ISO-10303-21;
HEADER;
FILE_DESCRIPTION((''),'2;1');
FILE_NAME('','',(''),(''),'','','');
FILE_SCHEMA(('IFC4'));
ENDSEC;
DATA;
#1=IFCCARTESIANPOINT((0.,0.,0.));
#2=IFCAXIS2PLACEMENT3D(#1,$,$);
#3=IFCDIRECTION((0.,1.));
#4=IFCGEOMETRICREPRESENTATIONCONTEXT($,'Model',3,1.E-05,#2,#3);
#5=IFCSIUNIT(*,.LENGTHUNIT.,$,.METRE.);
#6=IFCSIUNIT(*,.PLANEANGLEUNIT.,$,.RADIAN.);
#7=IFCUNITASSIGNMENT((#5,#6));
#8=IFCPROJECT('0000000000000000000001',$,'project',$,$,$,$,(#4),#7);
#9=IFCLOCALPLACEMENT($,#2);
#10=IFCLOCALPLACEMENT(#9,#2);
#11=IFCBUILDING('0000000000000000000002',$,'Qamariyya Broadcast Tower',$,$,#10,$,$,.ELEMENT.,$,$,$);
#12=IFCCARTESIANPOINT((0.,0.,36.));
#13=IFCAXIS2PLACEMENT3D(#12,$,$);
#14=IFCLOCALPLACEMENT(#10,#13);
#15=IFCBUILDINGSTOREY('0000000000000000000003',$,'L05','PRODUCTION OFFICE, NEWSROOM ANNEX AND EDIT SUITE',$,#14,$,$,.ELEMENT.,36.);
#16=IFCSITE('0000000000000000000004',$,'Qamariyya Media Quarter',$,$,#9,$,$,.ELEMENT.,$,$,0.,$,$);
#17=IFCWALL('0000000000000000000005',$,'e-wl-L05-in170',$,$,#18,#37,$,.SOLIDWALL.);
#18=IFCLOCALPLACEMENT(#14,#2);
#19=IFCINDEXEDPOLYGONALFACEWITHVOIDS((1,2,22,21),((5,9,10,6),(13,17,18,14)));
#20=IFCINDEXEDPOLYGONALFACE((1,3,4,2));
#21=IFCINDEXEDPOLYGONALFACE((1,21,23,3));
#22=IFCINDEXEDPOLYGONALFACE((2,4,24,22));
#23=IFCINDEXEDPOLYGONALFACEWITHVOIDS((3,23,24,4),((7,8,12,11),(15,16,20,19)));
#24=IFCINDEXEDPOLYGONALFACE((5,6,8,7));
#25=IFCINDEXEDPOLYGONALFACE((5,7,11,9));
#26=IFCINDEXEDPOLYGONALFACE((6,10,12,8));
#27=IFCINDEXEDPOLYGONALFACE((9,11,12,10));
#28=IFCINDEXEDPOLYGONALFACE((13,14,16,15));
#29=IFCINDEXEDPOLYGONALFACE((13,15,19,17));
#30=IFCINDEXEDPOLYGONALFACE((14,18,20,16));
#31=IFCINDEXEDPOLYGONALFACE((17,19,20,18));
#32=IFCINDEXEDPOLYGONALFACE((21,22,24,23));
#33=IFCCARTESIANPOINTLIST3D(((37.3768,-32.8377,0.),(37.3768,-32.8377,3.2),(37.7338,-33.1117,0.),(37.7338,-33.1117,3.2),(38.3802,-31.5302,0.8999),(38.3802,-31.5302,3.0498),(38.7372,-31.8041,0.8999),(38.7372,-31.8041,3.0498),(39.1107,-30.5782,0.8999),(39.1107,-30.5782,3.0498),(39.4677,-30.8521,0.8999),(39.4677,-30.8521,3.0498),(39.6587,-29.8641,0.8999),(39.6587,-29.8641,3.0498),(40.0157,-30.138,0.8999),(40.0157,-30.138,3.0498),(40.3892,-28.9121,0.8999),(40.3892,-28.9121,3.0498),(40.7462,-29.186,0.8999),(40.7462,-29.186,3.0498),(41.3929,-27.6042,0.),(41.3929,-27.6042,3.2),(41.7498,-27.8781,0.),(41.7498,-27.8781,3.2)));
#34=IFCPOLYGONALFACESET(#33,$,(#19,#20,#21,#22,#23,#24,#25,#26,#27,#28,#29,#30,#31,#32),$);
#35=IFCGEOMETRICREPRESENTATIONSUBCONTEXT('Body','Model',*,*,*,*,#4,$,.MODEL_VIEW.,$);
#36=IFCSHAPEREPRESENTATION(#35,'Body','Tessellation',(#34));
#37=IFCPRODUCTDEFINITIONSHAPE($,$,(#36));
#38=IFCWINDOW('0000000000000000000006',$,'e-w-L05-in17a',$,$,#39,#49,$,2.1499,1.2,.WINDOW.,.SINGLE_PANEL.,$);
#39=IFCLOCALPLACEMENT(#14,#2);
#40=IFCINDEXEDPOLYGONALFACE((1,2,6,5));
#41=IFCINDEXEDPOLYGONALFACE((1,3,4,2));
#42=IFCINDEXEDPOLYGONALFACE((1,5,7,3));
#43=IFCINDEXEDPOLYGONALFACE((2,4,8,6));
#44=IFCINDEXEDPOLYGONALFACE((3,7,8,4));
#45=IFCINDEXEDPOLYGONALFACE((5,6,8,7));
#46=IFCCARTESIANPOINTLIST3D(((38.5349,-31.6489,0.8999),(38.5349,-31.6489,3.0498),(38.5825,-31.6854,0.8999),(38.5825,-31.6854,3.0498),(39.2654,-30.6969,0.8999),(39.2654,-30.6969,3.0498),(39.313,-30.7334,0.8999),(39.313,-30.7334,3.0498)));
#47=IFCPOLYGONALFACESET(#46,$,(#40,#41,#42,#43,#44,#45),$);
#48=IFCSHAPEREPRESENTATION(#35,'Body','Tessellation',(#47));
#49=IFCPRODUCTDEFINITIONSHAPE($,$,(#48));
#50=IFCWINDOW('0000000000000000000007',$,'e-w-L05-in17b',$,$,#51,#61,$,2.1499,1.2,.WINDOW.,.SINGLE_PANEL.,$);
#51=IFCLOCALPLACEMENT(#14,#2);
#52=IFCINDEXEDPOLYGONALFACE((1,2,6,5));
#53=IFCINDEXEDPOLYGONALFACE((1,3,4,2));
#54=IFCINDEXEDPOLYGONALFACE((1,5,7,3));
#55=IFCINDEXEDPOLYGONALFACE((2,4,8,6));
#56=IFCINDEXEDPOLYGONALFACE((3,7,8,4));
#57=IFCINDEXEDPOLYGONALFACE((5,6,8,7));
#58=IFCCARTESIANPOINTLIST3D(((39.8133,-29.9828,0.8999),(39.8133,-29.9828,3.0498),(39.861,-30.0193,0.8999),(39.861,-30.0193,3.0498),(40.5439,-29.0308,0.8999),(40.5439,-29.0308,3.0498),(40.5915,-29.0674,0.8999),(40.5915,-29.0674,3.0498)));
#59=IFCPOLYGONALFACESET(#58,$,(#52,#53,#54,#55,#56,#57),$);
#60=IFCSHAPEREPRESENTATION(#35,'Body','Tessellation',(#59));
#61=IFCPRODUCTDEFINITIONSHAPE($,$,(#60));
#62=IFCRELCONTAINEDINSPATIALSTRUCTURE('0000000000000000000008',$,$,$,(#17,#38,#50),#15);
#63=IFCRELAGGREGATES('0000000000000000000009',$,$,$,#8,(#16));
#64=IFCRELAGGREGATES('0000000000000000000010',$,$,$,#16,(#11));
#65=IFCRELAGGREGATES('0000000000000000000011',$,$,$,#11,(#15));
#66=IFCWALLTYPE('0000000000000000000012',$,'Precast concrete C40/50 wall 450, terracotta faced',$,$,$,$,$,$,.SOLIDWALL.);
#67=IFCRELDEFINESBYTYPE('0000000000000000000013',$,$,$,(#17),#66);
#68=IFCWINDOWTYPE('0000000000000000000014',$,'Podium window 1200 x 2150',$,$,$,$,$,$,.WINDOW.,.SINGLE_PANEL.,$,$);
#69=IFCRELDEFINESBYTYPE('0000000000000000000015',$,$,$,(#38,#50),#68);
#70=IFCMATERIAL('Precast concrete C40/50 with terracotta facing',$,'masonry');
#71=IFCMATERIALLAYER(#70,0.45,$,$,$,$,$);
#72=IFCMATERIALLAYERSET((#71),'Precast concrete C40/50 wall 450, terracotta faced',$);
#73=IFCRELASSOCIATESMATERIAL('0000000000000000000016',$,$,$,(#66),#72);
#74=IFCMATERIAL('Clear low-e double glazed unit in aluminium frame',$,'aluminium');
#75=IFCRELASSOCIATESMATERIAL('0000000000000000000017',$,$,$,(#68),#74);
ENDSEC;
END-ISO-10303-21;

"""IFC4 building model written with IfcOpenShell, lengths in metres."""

from ifc_helpers import new_model, si_unit, direction, frame, frame_2d, origin, place, context, subcontext, project, spatial, rectangle, extrude, material, layer, layer_set, type_object, element, fill, save


model = new_model("IFC4")

# Units and contexts
model_context = context("Model", 3, precision=1e-05, world=origin(), true_north=direction((0.0, 1.0)))
body_context = subcontext(model_context, "Body", "Model", "MODEL_VIEW")
ifc_project = project(units=[si_unit("LENGTHUNIT", "METRE"), si_unit("PLANEANGLEUNIT", "RADIAN")], contexts=[model_context])

# Site, building, storey
site_placement = place(None, origin())
site = spatial("IfcSite", under=ifc_project, at=site_placement, Name="Qamariyya Media Quarter", CompositionType="ELEMENT", RefElevation=0.0)
building_placement = place(site_placement, origin())
building = spatial("IfcBuilding", under=site, at=building_placement, Name="Qamariyya Broadcast Tower", CompositionType="ELEMENT")
storey_placement = place(building_placement, frame((0.0, 0.0, 36.0)))
storey = spatial("IfcBuildingStorey", under=building, at=storey_placement, Name="L05", Description="PRODUCTION OFFICE, NEWSROOM ANNEX AND EDIT SUITE", CompositionType="ELEMENT", Elevation=36.0)

# Wall, openings, windows
ifc_material_1 = material(Name="Precast concrete C40/50 with terracotta facing", Category="masonry")
ifc_layer_1 = layer(ifc_material_1, 0.45)
ifc_layer_set_1 = layer_set([ifc_layer_1], Name="Precast concrete C40/50 wall 450, terracotta faced")
wall_type_1 = type_object("IfcWallType", Name="Precast concrete C40/50 wall 450, terracotta faced", PredefinedType="SOLIDWALL", material=ifc_layer_set_1)
wall_1_placement = place(storey_placement, frame((41.5713, -27.7412, 0.0), z_axis=(0.0, 0.0, 1.0), x_axis=(-0.60878, -0.793339, 0.0)))
wall_1 = element("IfcWall", 1, at=wall_1_placement, inside=storey, type_object=wall_type_1, Name="e-wl-L05-in170", PredefinedType="SOLIDWALL", context=body_context, shape_type="SweptSolid", body=[
    extrude(rectangle(XDim=6.5969, YDim=0.45, at=frame_2d((3.2983, 0.0))), origin(), (0.0, 0.0, 1.0), 3.2),
])
opening_1_placement = place(wall_1_placement, frame((3.7485, 0.0, 0.8999)))
opening_1 = element("IfcOpeningElement", 2, at=opening_1_placement, cuts=wall_1, PredefinedType="OPENING", context=body_context, shape_type="SweptSolid", body=[
    extrude(rectangle(XDim=1.2, YDim=2.1499, at=frame_2d((0.6001, 1.075))), frame((0.0, 0.2349, 0.0), z_axis=(0.0, -1.0, 0.0), x_axis=(1.0, 0.0, 0.0)), (0.0, 0.0, 1.0), 0.47),
])
opening_2_placement = place(wall_1_placement, frame((1.6484, 0.0, 0.8999)))
opening_2 = element("IfcOpeningElement", 3, at=opening_2_placement, cuts=wall_1, PredefinedType="OPENING", context=body_context, shape_type="SweptSolid", body=[
    extrude(rectangle(XDim=1.2, YDim=2.1499, at=frame_2d((0.6001, 1.075))), frame((0.0, 0.2349, 0.0), z_axis=(0.0, -1.0, 0.0), x_axis=(1.0, 0.0, 0.0)), (0.0, 0.0, 1.0), 0.47),
])
ifc_material_2 = material(Name="Clear low-e double glazed unit in aluminium frame", Category="aluminium")
window_type = type_object("IfcWindowType", Name="Podium window 1200 x 2150", PartitioningType="SINGLE_PANEL", PredefinedType="WINDOW", material=ifc_material_2)
window_1_placement = place(opening_1_placement, origin())
window_1 = element("IfcWindow", 4, at=window_1_placement, inside=storey, type_object=window_type, Name="e-w-L05-in17a", OverallHeight=2.1499, OverallWidth=1.2, PartitioningType="SINGLE_PANEL", PredefinedType="WINDOW", context=body_context, shape_type="SweptSolid", body=[
    extrude(rectangle(XDim=1.2, YDim=2.1499, at=frame_2d((0.6001, 1.075))), frame((0.0, 0.03, 0.0), z_axis=(0.0, -1.0, 0.0), x_axis=(1.0, 0.0, 0.0)), (0.0, 0.0, 1.0), 0.0601),
])
fill(opening_1, window_1)
window_2_placement = place(opening_2_placement, origin())
window_2 = element("IfcWindow", 5, at=window_2_placement, inside=storey, type_object=window_type, Name="e-w-L05-in17b", OverallHeight=2.1499, OverallWidth=1.2, PartitioningType="SINGLE_PANEL", PredefinedType="WINDOW", context=body_context, shape_type="SweptSolid", body=[
    extrude(rectangle(XDim=1.2, YDim=2.1499, at=frame_2d((0.6001, 1.075))), frame((0.0, 0.03, 0.0), z_axis=(0.0, -1.0, 0.0), x_axis=(1.0, 0.0, 0.0)), (0.0, 0.0, 1.0), 0.0601),
])
fill(opening_2, window_2)

save(model, "model.ifc")
